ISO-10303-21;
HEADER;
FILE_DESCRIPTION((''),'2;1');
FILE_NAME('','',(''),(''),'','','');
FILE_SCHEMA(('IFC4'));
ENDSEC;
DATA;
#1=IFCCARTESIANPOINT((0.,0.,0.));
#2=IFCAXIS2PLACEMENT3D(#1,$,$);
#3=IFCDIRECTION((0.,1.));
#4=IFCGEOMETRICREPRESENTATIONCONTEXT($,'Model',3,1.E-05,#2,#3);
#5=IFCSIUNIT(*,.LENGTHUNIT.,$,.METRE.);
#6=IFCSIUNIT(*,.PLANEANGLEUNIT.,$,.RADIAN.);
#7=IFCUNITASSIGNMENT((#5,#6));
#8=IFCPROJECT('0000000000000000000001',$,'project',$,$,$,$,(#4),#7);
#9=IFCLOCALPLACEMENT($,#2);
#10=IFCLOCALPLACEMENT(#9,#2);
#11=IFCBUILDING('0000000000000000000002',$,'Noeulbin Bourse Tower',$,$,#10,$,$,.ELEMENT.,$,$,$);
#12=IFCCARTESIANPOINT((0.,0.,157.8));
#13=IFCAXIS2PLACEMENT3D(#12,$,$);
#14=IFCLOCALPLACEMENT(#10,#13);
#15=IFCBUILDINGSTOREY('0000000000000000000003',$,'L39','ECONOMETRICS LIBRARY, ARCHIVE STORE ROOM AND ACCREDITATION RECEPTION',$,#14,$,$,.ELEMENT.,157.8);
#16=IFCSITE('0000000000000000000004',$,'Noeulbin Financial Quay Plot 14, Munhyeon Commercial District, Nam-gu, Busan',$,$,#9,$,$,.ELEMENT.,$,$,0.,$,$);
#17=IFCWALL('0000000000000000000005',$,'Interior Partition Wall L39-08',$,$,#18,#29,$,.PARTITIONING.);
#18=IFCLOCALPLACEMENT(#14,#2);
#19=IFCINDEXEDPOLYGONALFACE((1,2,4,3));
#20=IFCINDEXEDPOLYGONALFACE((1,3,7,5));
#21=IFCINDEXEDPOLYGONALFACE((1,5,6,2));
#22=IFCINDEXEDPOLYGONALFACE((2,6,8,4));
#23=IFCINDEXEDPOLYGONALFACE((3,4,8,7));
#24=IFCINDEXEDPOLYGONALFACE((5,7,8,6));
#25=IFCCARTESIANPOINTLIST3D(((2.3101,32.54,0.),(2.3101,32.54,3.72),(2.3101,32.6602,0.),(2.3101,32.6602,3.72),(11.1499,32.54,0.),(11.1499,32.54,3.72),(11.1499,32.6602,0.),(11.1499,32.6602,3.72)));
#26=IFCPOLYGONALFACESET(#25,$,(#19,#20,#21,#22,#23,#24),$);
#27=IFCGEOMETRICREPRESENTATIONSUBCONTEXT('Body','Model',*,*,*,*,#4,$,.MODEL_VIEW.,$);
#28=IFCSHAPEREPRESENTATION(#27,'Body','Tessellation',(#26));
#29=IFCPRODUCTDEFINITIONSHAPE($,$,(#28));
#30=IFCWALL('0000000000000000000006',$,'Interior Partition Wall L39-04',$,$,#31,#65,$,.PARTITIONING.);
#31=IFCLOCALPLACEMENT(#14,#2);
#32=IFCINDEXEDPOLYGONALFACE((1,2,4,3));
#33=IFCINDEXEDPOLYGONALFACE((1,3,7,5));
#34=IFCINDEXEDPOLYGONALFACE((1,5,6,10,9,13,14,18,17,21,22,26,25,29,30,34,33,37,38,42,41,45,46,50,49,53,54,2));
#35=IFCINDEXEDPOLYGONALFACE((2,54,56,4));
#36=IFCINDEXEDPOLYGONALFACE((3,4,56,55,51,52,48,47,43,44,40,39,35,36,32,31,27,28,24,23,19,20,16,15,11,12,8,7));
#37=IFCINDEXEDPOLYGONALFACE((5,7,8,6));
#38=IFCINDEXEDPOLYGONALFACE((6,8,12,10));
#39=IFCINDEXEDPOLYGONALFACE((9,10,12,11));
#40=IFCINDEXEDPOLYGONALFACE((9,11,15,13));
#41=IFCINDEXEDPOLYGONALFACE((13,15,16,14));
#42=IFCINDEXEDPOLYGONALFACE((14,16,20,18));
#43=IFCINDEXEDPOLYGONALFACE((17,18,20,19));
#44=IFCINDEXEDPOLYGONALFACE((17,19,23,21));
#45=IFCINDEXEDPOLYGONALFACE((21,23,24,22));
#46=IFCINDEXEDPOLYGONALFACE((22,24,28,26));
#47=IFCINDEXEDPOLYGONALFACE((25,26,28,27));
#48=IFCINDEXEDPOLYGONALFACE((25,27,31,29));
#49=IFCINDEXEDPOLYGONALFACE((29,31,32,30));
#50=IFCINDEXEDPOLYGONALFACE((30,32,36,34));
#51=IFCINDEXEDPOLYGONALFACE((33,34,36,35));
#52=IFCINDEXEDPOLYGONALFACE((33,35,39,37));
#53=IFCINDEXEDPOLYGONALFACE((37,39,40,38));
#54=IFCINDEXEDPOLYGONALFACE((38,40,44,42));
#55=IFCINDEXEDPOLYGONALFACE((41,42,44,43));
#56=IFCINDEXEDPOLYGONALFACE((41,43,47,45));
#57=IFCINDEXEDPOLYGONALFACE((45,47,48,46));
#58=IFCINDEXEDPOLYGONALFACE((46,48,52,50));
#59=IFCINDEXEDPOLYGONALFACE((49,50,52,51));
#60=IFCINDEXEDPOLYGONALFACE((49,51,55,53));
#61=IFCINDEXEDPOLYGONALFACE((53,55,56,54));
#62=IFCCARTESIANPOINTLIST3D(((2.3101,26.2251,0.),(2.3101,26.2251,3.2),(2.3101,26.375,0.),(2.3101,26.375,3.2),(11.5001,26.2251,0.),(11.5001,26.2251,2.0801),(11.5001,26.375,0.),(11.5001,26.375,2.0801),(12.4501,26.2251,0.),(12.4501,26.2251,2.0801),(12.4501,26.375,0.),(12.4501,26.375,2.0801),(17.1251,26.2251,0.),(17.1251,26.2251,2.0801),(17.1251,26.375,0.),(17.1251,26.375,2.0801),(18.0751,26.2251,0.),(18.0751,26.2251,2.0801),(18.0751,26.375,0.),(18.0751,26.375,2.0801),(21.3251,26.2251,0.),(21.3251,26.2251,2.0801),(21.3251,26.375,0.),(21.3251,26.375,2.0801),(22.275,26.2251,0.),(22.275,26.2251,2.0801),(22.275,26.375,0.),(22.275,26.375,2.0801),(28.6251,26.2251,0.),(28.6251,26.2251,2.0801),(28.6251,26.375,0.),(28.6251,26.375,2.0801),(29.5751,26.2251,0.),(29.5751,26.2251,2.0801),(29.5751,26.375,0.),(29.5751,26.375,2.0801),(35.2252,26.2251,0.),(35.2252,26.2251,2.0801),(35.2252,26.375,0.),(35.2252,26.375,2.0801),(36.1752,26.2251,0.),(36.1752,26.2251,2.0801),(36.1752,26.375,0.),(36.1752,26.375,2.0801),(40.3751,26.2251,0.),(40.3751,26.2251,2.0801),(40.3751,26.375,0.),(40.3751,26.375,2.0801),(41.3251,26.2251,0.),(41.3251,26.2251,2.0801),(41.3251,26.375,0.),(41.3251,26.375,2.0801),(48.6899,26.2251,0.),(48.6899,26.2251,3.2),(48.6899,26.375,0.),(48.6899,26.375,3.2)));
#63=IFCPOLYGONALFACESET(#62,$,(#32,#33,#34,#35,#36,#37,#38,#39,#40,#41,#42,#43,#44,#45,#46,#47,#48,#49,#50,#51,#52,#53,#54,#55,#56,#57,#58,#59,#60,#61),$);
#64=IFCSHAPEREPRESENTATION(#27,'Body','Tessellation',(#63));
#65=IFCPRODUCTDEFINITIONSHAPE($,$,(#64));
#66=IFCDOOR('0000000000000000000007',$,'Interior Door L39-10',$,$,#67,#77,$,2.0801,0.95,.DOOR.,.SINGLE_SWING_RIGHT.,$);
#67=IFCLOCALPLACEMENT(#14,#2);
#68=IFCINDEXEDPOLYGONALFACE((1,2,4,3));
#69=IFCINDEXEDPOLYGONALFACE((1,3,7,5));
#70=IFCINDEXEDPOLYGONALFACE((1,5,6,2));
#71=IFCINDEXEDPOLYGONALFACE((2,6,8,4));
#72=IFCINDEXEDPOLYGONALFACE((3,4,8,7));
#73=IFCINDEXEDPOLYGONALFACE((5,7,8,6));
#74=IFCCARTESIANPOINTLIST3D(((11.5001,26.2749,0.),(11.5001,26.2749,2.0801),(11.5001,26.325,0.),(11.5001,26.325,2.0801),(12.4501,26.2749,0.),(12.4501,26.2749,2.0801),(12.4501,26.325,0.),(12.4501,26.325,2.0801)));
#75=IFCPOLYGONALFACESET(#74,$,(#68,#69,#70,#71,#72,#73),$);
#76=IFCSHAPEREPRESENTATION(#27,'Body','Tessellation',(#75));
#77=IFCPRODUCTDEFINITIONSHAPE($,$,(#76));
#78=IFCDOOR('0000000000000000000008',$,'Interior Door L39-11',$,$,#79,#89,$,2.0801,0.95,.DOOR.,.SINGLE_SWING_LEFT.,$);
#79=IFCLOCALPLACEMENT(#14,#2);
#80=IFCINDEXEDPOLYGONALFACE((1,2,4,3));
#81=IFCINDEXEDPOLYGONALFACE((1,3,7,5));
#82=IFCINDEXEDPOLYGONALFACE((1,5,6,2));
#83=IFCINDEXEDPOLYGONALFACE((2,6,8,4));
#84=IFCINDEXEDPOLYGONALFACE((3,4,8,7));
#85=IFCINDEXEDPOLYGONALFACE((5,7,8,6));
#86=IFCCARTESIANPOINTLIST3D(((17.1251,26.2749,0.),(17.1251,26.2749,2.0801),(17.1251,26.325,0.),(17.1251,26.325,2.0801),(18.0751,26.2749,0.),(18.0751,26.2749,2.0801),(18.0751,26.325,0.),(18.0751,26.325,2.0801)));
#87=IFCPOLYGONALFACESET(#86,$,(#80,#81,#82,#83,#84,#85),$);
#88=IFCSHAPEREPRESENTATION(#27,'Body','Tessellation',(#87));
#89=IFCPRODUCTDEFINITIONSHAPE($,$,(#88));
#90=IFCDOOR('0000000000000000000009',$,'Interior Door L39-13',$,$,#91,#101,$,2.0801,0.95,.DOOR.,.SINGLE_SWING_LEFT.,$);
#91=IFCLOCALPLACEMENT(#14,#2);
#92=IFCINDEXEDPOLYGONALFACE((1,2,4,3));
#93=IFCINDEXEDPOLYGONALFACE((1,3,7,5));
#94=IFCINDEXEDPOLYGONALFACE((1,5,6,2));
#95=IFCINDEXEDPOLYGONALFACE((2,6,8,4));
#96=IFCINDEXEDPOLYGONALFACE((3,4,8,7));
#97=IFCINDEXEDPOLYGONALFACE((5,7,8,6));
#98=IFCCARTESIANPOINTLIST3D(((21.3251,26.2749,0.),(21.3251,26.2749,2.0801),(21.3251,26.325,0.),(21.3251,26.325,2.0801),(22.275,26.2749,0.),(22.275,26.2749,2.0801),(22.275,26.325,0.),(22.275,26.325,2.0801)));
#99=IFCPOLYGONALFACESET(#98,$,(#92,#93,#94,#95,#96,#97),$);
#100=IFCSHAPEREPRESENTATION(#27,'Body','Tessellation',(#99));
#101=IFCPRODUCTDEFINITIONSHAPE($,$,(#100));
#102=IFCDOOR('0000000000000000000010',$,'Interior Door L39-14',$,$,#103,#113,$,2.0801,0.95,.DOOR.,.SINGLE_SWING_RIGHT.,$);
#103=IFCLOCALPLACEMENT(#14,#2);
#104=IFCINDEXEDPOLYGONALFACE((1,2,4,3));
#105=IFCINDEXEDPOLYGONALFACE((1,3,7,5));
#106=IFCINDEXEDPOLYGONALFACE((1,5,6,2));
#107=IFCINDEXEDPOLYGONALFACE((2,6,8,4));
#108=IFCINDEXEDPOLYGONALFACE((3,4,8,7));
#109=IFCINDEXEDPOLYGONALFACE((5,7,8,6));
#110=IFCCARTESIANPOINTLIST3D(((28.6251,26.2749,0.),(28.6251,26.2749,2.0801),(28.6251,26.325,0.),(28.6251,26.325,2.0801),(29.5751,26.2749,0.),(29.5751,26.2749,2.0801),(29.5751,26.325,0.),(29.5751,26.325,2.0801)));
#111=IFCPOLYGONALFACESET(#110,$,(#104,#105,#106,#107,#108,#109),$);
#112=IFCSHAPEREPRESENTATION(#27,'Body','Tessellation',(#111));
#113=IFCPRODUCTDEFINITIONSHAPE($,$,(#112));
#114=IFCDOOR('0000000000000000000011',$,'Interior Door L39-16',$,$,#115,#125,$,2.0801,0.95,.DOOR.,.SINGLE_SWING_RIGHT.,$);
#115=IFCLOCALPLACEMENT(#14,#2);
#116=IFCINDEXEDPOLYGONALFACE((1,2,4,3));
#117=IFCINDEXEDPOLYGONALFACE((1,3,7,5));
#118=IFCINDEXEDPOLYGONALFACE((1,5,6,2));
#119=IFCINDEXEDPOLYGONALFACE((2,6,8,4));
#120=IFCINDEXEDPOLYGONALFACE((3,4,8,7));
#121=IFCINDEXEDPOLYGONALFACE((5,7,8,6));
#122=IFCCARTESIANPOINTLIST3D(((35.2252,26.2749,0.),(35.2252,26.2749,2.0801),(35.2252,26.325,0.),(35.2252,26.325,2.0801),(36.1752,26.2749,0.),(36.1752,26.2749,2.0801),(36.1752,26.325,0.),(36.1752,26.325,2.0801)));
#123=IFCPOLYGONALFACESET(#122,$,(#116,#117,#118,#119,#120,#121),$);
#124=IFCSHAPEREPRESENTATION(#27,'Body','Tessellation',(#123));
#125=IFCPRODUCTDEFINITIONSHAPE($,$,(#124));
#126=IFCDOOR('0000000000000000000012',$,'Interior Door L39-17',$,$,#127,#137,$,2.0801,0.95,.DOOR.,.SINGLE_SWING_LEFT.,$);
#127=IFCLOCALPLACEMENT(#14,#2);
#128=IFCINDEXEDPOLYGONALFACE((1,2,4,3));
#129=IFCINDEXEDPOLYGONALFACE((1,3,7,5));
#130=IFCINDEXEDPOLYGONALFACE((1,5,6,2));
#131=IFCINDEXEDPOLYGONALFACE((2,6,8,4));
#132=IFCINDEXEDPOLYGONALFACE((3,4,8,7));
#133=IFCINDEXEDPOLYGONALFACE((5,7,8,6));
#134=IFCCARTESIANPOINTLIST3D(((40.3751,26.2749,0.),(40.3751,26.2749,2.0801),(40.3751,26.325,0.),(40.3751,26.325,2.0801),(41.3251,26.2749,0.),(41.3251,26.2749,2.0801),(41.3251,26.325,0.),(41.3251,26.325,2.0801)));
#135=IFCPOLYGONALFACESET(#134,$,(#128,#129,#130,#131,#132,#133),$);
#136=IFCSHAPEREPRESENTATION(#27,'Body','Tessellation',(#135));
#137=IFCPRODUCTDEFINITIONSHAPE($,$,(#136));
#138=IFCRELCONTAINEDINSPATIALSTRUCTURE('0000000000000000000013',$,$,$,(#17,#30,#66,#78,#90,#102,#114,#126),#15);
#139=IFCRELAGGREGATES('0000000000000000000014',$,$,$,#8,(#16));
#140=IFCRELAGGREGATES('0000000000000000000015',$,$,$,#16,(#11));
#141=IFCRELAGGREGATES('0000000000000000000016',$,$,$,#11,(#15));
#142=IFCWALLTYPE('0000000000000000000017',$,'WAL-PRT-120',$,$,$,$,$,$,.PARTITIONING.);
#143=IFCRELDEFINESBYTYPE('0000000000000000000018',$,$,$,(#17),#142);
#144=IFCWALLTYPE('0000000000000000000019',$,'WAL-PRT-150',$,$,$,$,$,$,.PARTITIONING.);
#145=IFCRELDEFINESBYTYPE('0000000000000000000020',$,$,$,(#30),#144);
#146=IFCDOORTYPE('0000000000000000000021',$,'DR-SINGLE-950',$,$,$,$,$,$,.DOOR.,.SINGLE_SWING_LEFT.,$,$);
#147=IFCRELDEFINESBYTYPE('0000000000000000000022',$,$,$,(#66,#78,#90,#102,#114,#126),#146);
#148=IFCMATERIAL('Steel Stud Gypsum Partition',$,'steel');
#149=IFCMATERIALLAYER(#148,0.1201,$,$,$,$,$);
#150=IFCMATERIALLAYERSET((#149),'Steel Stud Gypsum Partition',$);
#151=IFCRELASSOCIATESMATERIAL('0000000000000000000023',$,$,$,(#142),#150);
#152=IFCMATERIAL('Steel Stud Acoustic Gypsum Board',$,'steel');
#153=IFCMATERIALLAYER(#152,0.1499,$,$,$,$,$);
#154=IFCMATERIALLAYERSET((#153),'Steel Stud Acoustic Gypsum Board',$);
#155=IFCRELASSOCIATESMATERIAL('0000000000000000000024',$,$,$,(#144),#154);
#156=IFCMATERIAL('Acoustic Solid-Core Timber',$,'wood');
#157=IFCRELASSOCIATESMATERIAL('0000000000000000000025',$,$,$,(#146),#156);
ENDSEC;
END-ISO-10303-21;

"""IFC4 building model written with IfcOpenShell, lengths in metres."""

from ifc_helpers import new_model, si_unit, direction, frame, frame_2d, origin, place, context, subcontext, project, spatial, rectangle, extrude, material, layer, layer_set, type_object, element, fill, save


model = new_model("IFC4")

# Units and contexts
model_context = context("Model", 3, precision=1e-05, world=origin(), true_north=direction((0.0, 1.0)))
body_context = subcontext(model_context, "Body", "Model", "MODEL_VIEW")
ifc_project = project(units=[si_unit("LENGTHUNIT", "METRE"), si_unit("PLANEANGLEUNIT", "RADIAN")], contexts=[model_context])

# Site, building, storey
site_placement = place(None, origin())
site = spatial("IfcSite", under=ifc_project, at=site_placement, Name="Noeulbin Financial Quay Plot 14, Munhyeon Commercial District, Nam-gu, Busan", CompositionType="ELEMENT", RefElevation=0.0)
building_placement = place(site_placement, origin())
building = spatial("IfcBuilding", under=site, at=building_placement, Name="Noeulbin Bourse Tower", CompositionType="ELEMENT")
storey_placement = place(building_placement, frame((0.0, 0.0, 157.8)))
storey = spatial("IfcBuildingStorey", under=building, at=storey_placement, Name="L39", Description="ECONOMETRICS LIBRARY, ARCHIVE STORE ROOM AND ACCREDITATION RECEPTION", CompositionType="ELEMENT", Elevation=157.8)

# Wall
ifc_material_1 = material(Name="Steel Stud Gypsum Partition", Category="steel")
ifc_layer_1 = layer(ifc_material_1, 0.1201)
ifc_layer_set_1 = layer_set([ifc_layer_1], Name="Steel Stud Gypsum Partition")
wall_type_1 = type_object("IfcWallType", Name="WAL-PRT-120", PredefinedType="PARTITIONING", material=ifc_layer_set_1)
wall_1_placement = place(storey_placement, frame((2.3101, 32.6001, 0.0), z_axis=(0.0, 0.0, 1.0), x_axis=(1.0, 0.0, 0.0)))
element("IfcWall", 1, at=wall_1_placement, inside=storey, type_object=wall_type_1, Name="Interior Partition Wall L39-08", PredefinedType="PARTITIONING", context=body_context, shape_type="SweptSolid", body=[
    extrude(rectangle(XDim=8.8398, YDim=0.1201, at=frame_2d((4.4199, 0.0))), origin(), (0.0, 0.0, 1.0), 3.72),
])

# Wall, openings, doors
ifc_material_2 = material(Name="Steel Stud Acoustic Gypsum Board", Category="steel")
ifc_layer_2 = layer(ifc_material_2, 0.1499)
ifc_layer_set_2 = layer_set([ifc_layer_2], Name="Steel Stud Acoustic Gypsum Board")
wall_type_2 = type_object("IfcWallType", Name="WAL-PRT-150", PredefinedType="PARTITIONING", material=ifc_layer_set_2)
wall_2_placement = place(storey_placement, frame((2.3101, 26.3, 0.0), z_axis=(0.0, 0.0, 1.0), x_axis=(1.0, 0.0, 0.0)))
wall_2 = element("IfcWall", 2, at=wall_2_placement, inside=storey, type_object=wall_type_2, Name="Interior Partition Wall L39-04", PredefinedType="PARTITIONING", context=body_context, shape_type="SweptSolid", body=[
    extrude(rectangle(XDim=46.3799, YDim=0.1499, at=frame_2d((23.1899, 0.0))), origin(), (0.0, 0.0, 1.0), 3.2),
])
opening_1_placement = place(wall_2_placement, frame((9.1899, 0.0, 0.0)))
opening_1 = element("IfcOpeningElement", 3, at=opening_1_placement, cuts=wall_2, PredefinedType="OPENING", context=body_context, shape_type="SweptSolid", body=[
    extrude(rectangle(XDim=0.95, YDim=2.0801, at=frame_2d((0.4751, 1.04))), frame((0.0, 0.085, 0.0), z_axis=(0.0, -1.0, 0.0), x_axis=(1.0, 0.0, 0.0)), (0.0, 0.0, 1.0), 0.1699),
])
opening_2_placement = place(wall_2_placement, frame((14.8149, 0.0, 0.0)))
opening_2 = element("IfcOpeningElement", 4, at=opening_2_placement, cuts=wall_2, PredefinedType="OPENING", context=body_context, shape_type="SweptSolid", body=[
    extrude(rectangle(XDim=0.95, YDim=2.0801, at=frame_2d((0.4751, 1.04))), frame((0.0, 0.085, 0.0), z_axis=(0.0, -1.0, 0.0), x_axis=(1.0, 0.0, 0.0)), (0.0, 0.0, 1.0), 0.1699),
])
opening_3_placement = place(wall_2_placement, frame((19.0149, 0.0, 0.0)))
opening_3 = element("IfcOpeningElement", 5, at=opening_3_placement, cuts=wall_2, PredefinedType="OPENING", context=body_context, shape_type="SweptSolid", body=[
    extrude(rectangle(XDim=0.95, YDim=2.0801, at=frame_2d((0.4751, 1.04))), frame((0.0, 0.085, 0.0), z_axis=(0.0, -1.0, 0.0), x_axis=(1.0, 0.0, 0.0)), (0.0, 0.0, 1.0), 0.1699),
])
opening_4_placement = place(wall_2_placement, frame((26.3149, 0.0, 0.0)))
opening_4 = element("IfcOpeningElement", 6, at=opening_4_placement, cuts=wall_2, PredefinedType="OPENING", context=body_context, shape_type="SweptSolid", body=[
    extrude(rectangle(XDim=0.95, YDim=2.0801, at=frame_2d((0.4751, 1.04))), frame((0.0, 0.085, 0.0), z_axis=(0.0, -1.0, 0.0), x_axis=(1.0, 0.0, 0.0)), (0.0, 0.0, 1.0), 0.1699),
])
opening_5_placement = place(wall_2_placement, frame((32.915, 0.0, 0.0)))
opening_5 = element("IfcOpeningElement", 7, at=opening_5_placement, cuts=wall_2, PredefinedType="OPENING", context=body_context, shape_type="SweptSolid", body=[
    extrude(rectangle(XDim=0.95, YDim=2.0801, at=frame_2d((0.4751, 1.04))), frame((0.0, 0.085, 0.0), z_axis=(0.0, -1.0, 0.0), x_axis=(1.0, 0.0, 0.0)), (0.0, 0.0, 1.0), 0.1699),
])
opening_6_placement = place(wall_2_placement, frame((38.0649, 0.0, 0.0)))
opening_6 = element("IfcOpeningElement", 8, at=opening_6_placement, cuts=wall_2, PredefinedType="OPENING", context=body_context, shape_type="SweptSolid", body=[
    extrude(rectangle(XDim=0.95, YDim=2.0801, at=frame_2d((0.4751, 1.04))), frame((0.0, 0.085, 0.0), z_axis=(0.0, -1.0, 0.0), x_axis=(1.0, 0.0, 0.0)), (0.0, 0.0, 1.0), 0.1699),
])
ifc_material_3 = material(Name="Acoustic Solid-Core Timber", Category="wood")
door_type = type_object("IfcDoorType", Name="DR-SINGLE-950", OperationType="SINGLE_SWING_LEFT", PredefinedType="DOOR", material=ifc_material_3)
door_1_placement = place(opening_1_placement, origin())
door_1 = element("IfcDoor", 9, at=door_1_placement, inside=storey, type_object=door_type, Name="Interior Door L39-10", OperationType="SINGLE_SWING_RIGHT", OverallHeight=2.0801, OverallWidth=0.95, PredefinedType="DOOR", context=body_context, shape_type="SweptSolid", body=[
    extrude(rectangle(XDim=0.95, YDim=2.0801, at=frame_2d((0.4751, 1.04))), frame((0.0, 0.0249, 0.0), z_axis=(0.0, -1.0, 0.0), x_axis=(1.0, 0.0, 0.0)), (0.0, 0.0, 1.0), 0.05),
])
fill(opening_1, door_1)
door_2_placement = place(opening_2_placement, origin())
door_2 = element("IfcDoor", 10, at=door_2_placement, inside=storey, type_object=door_type, Name="Interior Door L39-11", OperationType="SINGLE_SWING_LEFT", OverallHeight=2.0801, OverallWidth=0.95, PredefinedType="DOOR", context=body_context, shape_type="SweptSolid", body=[
    extrude(rectangle(XDim=0.95, YDim=2.0801, at=frame_2d((0.4751, 1.04))), frame((0.0, 0.0249, 0.0), z_axis=(0.0, -1.0, 0.0), x_axis=(1.0, 0.0, 0.0)), (0.0, 0.0, 1.0), 0.05),
])
fill(opening_2, door_2)
door_3_placement = place(opening_3_placement, origin())
door_3 = element("IfcDoor", 11, at=door_3_placement, inside=storey, type_object=door_type, Name="Interior Door L39-13", OperationType="SINGLE_SWING_LEFT", OverallHeight=2.0801, OverallWidth=0.95, PredefinedType="DOOR", context=body_context, shape_type="SweptSolid", body=[
    extrude(rectangle(XDim=0.95, YDim=2.0801, at=frame_2d((0.4751, 1.04))), frame((0.0, 0.0249, 0.0), z_axis=(0.0, -1.0, 0.0), x_axis=(1.0, 0.0, 0.0)), (0.0, 0.0, 1.0), 0.05),
])
fill(opening_3, door_3)
door_4_placement = place(opening_4_placement, origin())
door_4 = element("IfcDoor", 12, at=door_4_placement, inside=storey, type_object=door_type, Name="Interior Door L39-14", OperationType="SINGLE_SWING_RIGHT", OverallHeight=2.0801, OverallWidth=0.95, PredefinedType="DOOR", context=body_context, shape_type="SweptSolid", body=[
    extrude(rectangle(XDim=0.95, YDim=2.0801, at=frame_2d((0.4751, 1.04))), frame((0.0, 0.0249, 0.0), z_axis=(0.0, -1.0, 0.0), x_axis=(1.0, 0.0, 0.0)), (0.0, 0.0, 1.0), 0.05),
])
fill(opening_4, door_4)
door_5_placement = place(opening_5_placement, origin())
door_5 = element("IfcDoor", 13, at=door_5_placement, inside=storey, type_object=door_type, Name="Interior Door L39-16", OperationType="SINGLE_SWING_RIGHT", OverallHeight=2.0801, OverallWidth=0.95, PredefinedType="DOOR", context=body_context, shape_type="SweptSolid", body=[
    extrude(rectangle(XDim=0.95, YDim=2.0801, at=frame_2d((0.4751, 1.04))), frame((0.0, 0.0249, 0.0), z_axis=(0.0, -1.0, 0.0), x_axis=(1.0, 0.0, 0.0)), (0.0, 0.0, 1.0), 0.05),
])
fill(opening_5, door_5)
door_6_placement = place(opening_6_placement, origin())
door_6 = element("IfcDoor", 14, at=door_6_placement, inside=storey, type_object=door_type, Name="Interior Door L39-17", OperationType="SINGLE_SWING_LEFT", OverallHeight=2.0801, OverallWidth=0.95, PredefinedType="DOOR", context=body_context, shape_type="SweptSolid", body=[
    extrude(rectangle(XDim=0.95, YDim=2.0801, at=frame_2d((0.4751, 1.04))), frame((0.0, 0.0249, 0.0), z_axis=(0.0, -1.0, 0.0), x_axis=(1.0, 0.0, 0.0)), (0.0, 0.0, 1.0), 0.05),
])
fill(opening_6, door_6)

save(model, "model.ifc")
